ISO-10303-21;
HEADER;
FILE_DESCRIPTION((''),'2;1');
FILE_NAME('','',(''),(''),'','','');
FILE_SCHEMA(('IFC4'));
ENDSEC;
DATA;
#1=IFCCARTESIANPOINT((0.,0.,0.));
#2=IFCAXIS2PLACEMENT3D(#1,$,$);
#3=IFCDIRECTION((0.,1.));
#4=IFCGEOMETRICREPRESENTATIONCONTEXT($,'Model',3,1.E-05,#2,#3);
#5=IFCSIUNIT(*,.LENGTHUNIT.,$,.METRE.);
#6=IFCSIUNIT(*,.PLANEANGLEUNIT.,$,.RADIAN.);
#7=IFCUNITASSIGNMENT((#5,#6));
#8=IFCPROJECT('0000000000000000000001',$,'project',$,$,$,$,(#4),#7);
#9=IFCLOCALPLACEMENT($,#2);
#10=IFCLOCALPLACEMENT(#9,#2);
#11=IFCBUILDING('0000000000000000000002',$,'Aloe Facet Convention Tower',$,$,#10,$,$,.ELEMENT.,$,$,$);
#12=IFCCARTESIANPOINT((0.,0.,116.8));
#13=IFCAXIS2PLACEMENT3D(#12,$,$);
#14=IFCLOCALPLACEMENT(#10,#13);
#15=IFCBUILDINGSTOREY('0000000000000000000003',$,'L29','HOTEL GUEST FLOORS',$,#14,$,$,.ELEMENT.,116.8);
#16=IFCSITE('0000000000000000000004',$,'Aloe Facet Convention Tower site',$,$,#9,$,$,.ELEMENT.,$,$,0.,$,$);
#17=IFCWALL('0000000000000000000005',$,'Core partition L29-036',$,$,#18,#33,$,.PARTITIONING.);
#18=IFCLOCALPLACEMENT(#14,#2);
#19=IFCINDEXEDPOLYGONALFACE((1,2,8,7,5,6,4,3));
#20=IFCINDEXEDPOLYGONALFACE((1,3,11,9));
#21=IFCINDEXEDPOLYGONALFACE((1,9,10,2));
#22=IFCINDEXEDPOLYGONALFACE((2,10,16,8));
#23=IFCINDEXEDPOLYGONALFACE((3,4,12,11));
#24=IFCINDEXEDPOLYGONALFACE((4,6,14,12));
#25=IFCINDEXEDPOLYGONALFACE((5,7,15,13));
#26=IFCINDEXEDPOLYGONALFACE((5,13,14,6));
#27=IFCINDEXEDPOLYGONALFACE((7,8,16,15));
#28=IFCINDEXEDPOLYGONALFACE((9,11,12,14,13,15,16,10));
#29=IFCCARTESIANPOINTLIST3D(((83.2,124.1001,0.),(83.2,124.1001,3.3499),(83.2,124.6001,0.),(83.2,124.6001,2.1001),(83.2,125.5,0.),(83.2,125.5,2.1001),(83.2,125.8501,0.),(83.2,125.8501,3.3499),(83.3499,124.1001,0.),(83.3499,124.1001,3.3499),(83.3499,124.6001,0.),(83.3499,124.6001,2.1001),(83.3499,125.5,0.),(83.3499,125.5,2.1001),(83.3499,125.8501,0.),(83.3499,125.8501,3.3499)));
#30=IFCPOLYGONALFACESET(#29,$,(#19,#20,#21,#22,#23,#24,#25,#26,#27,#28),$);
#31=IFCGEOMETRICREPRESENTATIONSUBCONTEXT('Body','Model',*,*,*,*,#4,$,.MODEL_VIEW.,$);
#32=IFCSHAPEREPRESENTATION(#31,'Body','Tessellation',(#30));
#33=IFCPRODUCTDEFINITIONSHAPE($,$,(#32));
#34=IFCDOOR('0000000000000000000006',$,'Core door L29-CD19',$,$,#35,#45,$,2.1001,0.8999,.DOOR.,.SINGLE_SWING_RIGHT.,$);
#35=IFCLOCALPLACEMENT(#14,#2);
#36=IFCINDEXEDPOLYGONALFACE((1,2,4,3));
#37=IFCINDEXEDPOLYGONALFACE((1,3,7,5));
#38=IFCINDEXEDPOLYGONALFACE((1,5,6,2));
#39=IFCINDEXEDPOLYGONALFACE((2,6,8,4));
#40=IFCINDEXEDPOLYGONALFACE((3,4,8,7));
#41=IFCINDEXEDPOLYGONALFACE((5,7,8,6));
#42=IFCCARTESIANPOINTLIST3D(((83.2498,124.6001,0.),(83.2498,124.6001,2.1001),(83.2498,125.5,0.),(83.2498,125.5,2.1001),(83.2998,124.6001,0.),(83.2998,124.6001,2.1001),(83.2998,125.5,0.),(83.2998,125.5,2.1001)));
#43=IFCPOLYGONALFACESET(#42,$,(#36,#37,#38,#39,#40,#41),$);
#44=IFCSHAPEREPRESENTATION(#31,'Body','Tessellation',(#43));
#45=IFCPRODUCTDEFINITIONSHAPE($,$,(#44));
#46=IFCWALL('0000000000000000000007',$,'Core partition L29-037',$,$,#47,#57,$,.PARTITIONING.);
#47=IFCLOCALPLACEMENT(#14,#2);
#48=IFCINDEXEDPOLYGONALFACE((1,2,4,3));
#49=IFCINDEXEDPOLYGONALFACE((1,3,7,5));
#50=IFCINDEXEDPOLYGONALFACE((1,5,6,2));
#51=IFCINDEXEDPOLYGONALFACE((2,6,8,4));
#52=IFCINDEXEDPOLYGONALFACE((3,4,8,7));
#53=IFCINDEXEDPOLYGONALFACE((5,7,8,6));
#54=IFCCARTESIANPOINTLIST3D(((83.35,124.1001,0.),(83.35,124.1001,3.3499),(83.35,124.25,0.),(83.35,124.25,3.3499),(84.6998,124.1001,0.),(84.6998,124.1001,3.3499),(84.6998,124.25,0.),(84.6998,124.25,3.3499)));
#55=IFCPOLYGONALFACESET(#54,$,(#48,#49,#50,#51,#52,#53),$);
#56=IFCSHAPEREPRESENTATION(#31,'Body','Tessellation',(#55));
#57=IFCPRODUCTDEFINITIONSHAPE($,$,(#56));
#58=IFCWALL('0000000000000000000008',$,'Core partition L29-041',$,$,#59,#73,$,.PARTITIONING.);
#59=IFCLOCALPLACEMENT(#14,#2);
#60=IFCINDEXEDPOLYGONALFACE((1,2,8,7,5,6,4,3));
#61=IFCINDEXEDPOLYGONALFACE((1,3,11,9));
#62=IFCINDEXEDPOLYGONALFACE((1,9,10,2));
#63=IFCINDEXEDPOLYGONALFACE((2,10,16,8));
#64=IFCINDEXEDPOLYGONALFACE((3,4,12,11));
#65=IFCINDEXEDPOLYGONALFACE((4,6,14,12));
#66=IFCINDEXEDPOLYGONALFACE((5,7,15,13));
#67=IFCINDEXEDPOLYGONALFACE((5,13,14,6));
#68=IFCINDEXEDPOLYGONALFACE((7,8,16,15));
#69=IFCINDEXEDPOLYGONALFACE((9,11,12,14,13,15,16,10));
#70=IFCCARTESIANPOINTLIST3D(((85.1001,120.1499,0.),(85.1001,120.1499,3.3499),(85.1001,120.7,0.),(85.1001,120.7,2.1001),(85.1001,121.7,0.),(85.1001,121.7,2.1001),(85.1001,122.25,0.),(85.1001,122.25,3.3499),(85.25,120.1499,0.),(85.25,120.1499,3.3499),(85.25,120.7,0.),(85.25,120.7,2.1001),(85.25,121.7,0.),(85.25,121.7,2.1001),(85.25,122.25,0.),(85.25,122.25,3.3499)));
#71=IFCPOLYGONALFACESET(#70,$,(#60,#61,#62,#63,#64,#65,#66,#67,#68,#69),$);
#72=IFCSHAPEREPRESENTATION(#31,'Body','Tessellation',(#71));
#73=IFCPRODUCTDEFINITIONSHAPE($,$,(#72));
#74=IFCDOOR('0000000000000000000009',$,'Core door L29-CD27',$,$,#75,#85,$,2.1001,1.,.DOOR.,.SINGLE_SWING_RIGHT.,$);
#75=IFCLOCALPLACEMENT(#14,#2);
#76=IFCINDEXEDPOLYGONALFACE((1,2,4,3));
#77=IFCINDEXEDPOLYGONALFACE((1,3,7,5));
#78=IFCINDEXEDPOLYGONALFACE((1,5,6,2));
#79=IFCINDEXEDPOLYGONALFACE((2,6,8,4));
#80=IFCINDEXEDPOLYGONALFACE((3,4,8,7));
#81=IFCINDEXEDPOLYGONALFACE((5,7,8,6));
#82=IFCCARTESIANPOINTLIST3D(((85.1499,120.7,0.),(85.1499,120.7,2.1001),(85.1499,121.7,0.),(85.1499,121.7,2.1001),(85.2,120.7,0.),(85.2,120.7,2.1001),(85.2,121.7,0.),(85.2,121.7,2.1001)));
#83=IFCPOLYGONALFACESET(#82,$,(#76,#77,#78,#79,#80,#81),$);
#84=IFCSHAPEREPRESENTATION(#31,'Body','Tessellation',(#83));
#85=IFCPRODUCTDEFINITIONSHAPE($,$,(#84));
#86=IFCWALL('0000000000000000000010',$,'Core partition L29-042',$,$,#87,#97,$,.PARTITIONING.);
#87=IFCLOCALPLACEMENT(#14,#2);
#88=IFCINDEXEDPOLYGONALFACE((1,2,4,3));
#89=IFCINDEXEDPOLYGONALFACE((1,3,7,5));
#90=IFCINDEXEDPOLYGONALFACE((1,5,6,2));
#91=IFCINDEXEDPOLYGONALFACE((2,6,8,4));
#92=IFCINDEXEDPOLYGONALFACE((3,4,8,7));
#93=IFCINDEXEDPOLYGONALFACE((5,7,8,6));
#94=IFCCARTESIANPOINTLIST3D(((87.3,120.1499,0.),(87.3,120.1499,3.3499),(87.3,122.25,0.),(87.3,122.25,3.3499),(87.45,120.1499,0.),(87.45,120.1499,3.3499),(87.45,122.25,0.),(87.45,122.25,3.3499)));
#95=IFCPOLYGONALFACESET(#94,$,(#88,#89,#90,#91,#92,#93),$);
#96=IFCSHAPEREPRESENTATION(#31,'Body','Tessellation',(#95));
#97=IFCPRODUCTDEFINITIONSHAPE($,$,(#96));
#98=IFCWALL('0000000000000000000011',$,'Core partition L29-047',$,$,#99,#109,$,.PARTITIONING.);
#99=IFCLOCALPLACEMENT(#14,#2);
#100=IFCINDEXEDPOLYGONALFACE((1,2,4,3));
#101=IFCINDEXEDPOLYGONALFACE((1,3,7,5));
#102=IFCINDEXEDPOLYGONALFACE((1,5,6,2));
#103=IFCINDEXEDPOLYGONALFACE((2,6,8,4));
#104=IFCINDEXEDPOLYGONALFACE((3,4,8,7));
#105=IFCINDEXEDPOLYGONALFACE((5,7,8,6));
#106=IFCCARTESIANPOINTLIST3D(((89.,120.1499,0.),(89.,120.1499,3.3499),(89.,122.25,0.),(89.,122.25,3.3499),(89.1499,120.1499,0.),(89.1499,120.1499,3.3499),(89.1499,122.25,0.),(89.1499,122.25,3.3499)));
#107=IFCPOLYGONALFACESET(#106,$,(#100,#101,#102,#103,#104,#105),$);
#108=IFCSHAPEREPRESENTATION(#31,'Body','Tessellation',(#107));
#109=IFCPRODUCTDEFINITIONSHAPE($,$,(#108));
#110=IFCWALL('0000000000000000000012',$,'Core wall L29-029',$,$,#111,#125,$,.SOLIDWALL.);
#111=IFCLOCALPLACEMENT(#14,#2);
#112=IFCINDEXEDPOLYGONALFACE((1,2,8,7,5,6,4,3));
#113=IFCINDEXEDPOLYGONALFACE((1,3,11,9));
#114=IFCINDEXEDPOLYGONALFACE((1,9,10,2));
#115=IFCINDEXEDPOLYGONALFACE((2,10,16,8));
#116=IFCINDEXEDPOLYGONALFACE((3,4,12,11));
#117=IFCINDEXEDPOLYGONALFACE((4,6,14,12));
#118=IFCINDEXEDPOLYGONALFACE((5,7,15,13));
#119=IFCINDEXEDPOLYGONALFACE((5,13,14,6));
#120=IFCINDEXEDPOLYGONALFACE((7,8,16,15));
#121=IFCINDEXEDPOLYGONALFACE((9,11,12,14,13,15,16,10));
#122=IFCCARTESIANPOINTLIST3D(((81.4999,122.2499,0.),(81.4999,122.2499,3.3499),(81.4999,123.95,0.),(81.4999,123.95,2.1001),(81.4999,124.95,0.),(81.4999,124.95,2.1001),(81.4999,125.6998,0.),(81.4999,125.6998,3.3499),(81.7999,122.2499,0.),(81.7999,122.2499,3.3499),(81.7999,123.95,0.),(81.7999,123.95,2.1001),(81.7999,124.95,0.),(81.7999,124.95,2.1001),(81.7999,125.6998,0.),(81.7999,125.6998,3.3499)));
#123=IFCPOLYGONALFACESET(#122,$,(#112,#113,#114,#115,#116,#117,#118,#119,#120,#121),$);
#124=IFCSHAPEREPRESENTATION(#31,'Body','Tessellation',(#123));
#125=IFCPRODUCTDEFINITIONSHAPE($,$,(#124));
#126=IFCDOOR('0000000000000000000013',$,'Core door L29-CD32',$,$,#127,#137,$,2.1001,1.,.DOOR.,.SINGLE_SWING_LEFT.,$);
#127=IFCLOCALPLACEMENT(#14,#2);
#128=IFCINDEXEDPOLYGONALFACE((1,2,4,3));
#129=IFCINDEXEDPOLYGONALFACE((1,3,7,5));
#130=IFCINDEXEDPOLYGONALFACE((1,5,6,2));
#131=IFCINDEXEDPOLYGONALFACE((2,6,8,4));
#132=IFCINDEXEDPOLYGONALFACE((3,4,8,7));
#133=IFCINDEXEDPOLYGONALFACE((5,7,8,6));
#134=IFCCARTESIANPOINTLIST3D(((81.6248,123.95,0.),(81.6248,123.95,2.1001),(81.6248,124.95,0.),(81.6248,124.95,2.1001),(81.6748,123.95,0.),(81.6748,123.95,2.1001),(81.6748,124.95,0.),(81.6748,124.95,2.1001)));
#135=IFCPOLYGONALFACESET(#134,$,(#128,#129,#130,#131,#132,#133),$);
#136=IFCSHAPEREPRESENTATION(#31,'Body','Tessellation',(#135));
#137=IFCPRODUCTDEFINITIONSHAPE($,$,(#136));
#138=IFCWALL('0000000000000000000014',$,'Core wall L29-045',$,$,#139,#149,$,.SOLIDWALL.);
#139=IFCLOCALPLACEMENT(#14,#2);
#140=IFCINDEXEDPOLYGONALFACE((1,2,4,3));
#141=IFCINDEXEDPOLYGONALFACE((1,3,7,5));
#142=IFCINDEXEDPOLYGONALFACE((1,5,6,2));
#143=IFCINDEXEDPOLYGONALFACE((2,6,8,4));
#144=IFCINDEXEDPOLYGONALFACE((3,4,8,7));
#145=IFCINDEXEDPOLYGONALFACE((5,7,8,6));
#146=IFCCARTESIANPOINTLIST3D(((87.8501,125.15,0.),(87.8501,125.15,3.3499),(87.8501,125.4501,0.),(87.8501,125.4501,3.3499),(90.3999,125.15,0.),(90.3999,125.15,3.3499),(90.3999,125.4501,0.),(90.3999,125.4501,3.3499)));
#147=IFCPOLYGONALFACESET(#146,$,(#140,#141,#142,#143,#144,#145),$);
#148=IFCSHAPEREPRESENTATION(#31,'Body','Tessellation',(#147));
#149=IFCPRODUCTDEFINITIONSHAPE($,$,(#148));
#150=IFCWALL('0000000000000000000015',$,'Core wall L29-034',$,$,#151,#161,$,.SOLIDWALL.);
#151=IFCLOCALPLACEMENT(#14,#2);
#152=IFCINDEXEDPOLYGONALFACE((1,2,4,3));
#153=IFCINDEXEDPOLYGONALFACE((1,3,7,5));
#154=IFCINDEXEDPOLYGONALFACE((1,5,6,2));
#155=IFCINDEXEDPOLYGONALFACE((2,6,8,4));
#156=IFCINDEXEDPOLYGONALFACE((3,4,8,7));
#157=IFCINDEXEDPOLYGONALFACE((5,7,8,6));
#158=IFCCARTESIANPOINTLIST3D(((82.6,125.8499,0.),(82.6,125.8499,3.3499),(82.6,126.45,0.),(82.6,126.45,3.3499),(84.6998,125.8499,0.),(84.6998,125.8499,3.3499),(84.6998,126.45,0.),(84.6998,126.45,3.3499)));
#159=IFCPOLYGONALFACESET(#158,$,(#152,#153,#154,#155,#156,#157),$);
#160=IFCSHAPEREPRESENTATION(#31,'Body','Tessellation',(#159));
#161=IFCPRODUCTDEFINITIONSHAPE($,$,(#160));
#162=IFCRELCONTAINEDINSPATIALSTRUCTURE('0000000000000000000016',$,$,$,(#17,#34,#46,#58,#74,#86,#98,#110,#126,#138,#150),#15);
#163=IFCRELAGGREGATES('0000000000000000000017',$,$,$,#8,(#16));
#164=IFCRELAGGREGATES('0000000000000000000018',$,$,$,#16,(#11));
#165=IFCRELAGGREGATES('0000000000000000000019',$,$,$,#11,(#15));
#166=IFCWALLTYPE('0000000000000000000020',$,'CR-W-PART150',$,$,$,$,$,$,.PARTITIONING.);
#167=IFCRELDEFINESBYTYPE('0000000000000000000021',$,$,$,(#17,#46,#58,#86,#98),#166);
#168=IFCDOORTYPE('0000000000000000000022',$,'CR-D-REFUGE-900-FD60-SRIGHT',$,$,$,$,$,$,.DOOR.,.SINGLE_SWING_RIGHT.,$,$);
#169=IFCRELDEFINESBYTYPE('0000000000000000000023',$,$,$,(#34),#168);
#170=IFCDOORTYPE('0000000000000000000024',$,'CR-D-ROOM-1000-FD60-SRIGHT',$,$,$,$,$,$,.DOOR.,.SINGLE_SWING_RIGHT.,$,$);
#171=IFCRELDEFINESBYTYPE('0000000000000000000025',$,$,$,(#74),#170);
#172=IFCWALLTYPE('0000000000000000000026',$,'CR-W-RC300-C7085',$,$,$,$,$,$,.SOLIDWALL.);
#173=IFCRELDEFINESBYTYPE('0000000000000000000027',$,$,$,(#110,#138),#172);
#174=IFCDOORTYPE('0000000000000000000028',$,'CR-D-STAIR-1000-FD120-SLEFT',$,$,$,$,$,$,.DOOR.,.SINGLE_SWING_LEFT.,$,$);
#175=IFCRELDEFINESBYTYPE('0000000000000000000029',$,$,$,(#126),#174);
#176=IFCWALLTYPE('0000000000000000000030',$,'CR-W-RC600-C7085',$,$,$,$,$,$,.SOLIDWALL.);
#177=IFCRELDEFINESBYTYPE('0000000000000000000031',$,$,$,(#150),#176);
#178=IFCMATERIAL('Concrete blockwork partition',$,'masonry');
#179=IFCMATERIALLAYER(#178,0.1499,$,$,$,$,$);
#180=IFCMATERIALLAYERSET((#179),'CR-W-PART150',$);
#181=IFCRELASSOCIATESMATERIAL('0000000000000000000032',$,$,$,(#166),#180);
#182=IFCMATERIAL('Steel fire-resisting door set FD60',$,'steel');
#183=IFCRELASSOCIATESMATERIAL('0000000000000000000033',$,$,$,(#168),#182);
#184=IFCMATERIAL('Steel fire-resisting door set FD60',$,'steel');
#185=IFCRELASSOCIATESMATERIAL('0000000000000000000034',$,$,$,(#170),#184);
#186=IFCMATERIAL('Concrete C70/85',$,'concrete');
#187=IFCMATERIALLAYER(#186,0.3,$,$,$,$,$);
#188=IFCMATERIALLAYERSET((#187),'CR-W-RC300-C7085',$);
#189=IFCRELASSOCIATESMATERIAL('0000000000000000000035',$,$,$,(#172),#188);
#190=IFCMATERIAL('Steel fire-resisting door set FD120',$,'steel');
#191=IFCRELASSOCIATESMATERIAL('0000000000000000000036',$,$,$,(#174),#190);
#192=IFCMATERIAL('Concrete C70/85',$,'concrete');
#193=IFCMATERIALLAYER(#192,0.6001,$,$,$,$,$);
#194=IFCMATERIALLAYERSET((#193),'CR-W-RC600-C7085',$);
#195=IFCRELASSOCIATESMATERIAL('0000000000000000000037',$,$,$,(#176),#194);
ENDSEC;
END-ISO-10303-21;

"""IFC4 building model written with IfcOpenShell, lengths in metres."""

from ifc_helpers import new_model, si_unit, direction, frame, frame_2d, origin, place, context, subcontext, project, spatial, rectangle, extrude, material, layer, layer_set, type_object, element, fill, save


model = new_model("IFC4")

# Units and contexts
model_context = context("Model", 3, precision=1e-05, world=origin(), true_north=direction((0.0, 1.0)))
body_context = subcontext(model_context, "Body", "Model", "MODEL_VIEW")
ifc_project = project(units=[si_unit("LENGTHUNIT", "METRE"), si_unit("PLANEANGLEUNIT", "RADIAN")], contexts=[model_context])

# Site, building, storey
site_placement = place(None, origin())
site = spatial("IfcSite", under=ifc_project, at=site_placement, Name="Aloe Facet Convention Tower site", CompositionType="ELEMENT", RefElevation=0.0)
building_placement = place(site_placement, origin())
building = spatial("IfcBuilding", under=site, at=building_placement, Name="Aloe Facet Convention Tower", CompositionType="ELEMENT")
storey_placement = place(building_placement, frame((0.0, 0.0, 116.8)))
storey = spatial("IfcBuildingStorey", under=building, at=storey_placement, Name="L29", Description="HOTEL GUEST FLOORS", CompositionType="ELEMENT", Elevation=116.8)

# Wall, opening, door
ifc_material_1 = material(Name="Concrete blockwork partition", Category="masonry")
ifc_layer_1 = layer(ifc_material_1, 0.1499)
ifc_layer_set_1 = layer_set([ifc_layer_1], Name="CR-W-PART150")
wall_type_1 = type_object("IfcWallType", Name="CR-W-PART150", PredefinedType="PARTITIONING", material=ifc_layer_set_1)
wall_1_placement = place(storey_placement, frame((83.2749, 125.8501, 0.0), z_axis=(0.0, 0.0, 1.0), x_axis=(0.0, -1.0, 0.0)))
wall_1 = element("IfcWall", 1, at=wall_1_placement, inside=storey, type_object=wall_type_1, Name="Core partition L29-036", PredefinedType="PARTITIONING", context=body_context, shape_type="SweptSolid", body=[
    extrude(rectangle(XDim=1.75, YDim=0.1499, at=frame_2d((0.875, 0.0))), origin(), (0.0, 0.0, 1.0), 3.3499),
])
opening_1_placement = place(wall_1_placement, frame((0.3501, 0.0, 0.0)))
opening_1 = element("IfcOpeningElement", 2, at=opening_1_placement, cuts=wall_1, PredefinedType="OPENING", context=body_context, shape_type="SweptSolid", body=[
    extrude(rectangle(XDim=0.8999, YDim=2.1001, at=frame_2d((0.45, 1.05))), frame((0.0, 0.085, 0.0), z_axis=(0.0, -1.0, 0.0), x_axis=(1.0, 0.0, 0.0)), (0.0, 0.0, 1.0), 0.1699),
])
ifc_material_2 = material(Name="Steel fire-resisting door set FD60", Category="steel")
door_type_1 = type_object("IfcDoorType", Name="CR-D-REFUGE-900-FD60-SRIGHT", OperationType="SINGLE_SWING_RIGHT", PredefinedType="DOOR", material=ifc_material_2)
door_1_placement = place(opening_1_placement, origin())
door_1 = element("IfcDoor", 3, at=door_1_placement, inside=storey, type_object=door_type_1, Name="Core door L29-CD19", OperationType="SINGLE_SWING_RIGHT", OverallHeight=2.1001, OverallWidth=0.8999, PredefinedType="DOOR", context=body_context, shape_type="SweptSolid", body=[
    extrude(rectangle(XDim=0.8999, YDim=2.1001, at=frame_2d((0.45, 1.05))), frame((0.0, 0.0249, 0.0), z_axis=(0.0, -1.0, 0.0), x_axis=(1.0, 0.0, 0.0)), (0.0, 0.0, 1.0), 0.05),
])
fill(opening_1, door_1)

# Wall
wall_2_placement = place(storey_placement, frame((83.3501, 124.175, 0.0), z_axis=(0.0, 0.0, 1.0), x_axis=(1.0, 0.0, 0.0)))
element("IfcWall", 4, at=wall_2_placement, inside=storey, type_object=wall_type_1, Name="Core partition L29-037", PredefinedType="PARTITIONING", context=body_context, shape_type="SweptSolid", body=[
    extrude(rectangle(XDim=1.3499, YDim=0.1499, at=frame_2d((0.6748, 0.0))), origin(), (0.0, 0.0, 1.0), 3.3499),
])

# Wall, opening, door
wall_3_placement = place(storey_placement, frame((85.175, 122.25, 0.0), z_axis=(0.0, 0.0, 1.0), x_axis=(0.0, -1.0, 0.0)))
wall_3 = element("IfcWall", 5, at=wall_3_placement, inside=storey, type_object=wall_type_1, Name="Core partition L29-041", PredefinedType="PARTITIONING", context=body_context, shape_type="SweptSolid", body=[
    extrude(rectangle(XDim=2.1001, YDim=0.1499, at=frame_2d((1.05, 0.0))), origin(), (0.0, 0.0, 1.0), 3.3499),
])
opening_2_placement = place(wall_3_placement, frame((0.55, 0.0, 0.0)))
opening_2 = element("IfcOpeningElement", 6, at=opening_2_placement, cuts=wall_3, PredefinedType="OPENING", context=body_context, shape_type="SweptSolid", body=[
    extrude(rectangle(XDim=1.0, YDim=2.1001, at=frame_2d((0.5, 1.05))), frame((0.0, 0.085, 0.0), z_axis=(0.0, -1.0, 0.0), x_axis=(1.0, 0.0, 0.0)), (0.0, 0.0, 1.0), 0.1699),
])
ifc_material_3 = material(Name="Steel fire-resisting door set FD60", Category="steel")
door_type_2 = type_object("IfcDoorType", Name="CR-D-ROOM-1000-FD60-SRIGHT", OperationType="SINGLE_SWING_RIGHT", PredefinedType="DOOR", material=ifc_material_3)
door_2_placement = place(opening_2_placement, origin())
door_2 = element("IfcDoor", 7, at=door_2_placement, inside=storey, type_object=door_type_2, Name="Core door L29-CD27", OperationType="SINGLE_SWING_RIGHT", OverallHeight=2.1001, OverallWidth=1.0, PredefinedType="DOOR", context=body_context, shape_type="SweptSolid", body=[
    extrude(rectangle(XDim=1.0, YDim=2.1001, at=frame_2d((0.5, 1.05))), frame((0.0, 0.0249, 0.0), z_axis=(0.0, -1.0, 0.0), x_axis=(1.0, 0.0, 0.0)), (0.0, 0.0, 1.0), 0.05),
])
fill(opening_2, door_2)

# Walls
for number, where, z_axis, x_axis, name in (
    (8, (87.375, 122.25, 0.0), (0.0, 0.0, 1.0), (0.0, -1.0, 0.0), "Core partition L29-042"),
    (9, (89.075, 122.25, 0.0), (0.0, 0.0, 1.0), (0.0, -1.0, 0.0), "Core partition L29-047"),
):
    element("IfcWall", number, at=place(storey_placement, frame(where, z_axis=z_axis, x_axis=x_axis)), inside=storey, type_object=wall_type_1, Name=name, PredefinedType="PARTITIONING", context=body_context, shape_type="SweptSolid", body=[
        extrude(rectangle(XDim=2.1001, YDim=0.1499, at=frame_2d((1.05, 0.0))), origin(), (0.0, 0.0, 1.0), 3.3499),
    ])

# Wall, opening, door
ifc_material_4 = material(Name="Concrete C70/85", Category="concrete")
ifc_layer_2 = layer(ifc_material_4, 0.3)
ifc_layer_set_2 = layer_set([ifc_layer_2], Name="CR-W-RC300-C7085")
wall_type_2 = type_object("IfcWallType", Name="CR-W-RC300-C7085", PredefinedType="SOLIDWALL", material=ifc_layer_set_2)
wall_4_placement = place(storey_placement, frame((81.6499, 125.7, 0.0), z_axis=(0.0, 0.0, 1.0), x_axis=(0.0, -1.0, 0.0)))
wall_4 = element("IfcWall", 10, at=wall_4_placement, inside=storey, type_object=wall_type_2, Name="Core wall L29-029", PredefinedType="SOLIDWALL", context=body_context, shape_type="SweptSolid", body=[
    extrude(rectangle(XDim=3.45, YDim=0.3, at=frame_2d((1.7251, 0.0))), origin(), (0.0, 0.0, 1.0), 3.3499),
])
opening_3_placement = place(wall_4_placement, frame((0.75, 0.0, 0.0)))
opening_3 = element("IfcOpeningElement", 11, at=opening_3_placement, cuts=wall_4, PredefinedType="OPENING", context=body_context, shape_type="SweptSolid", body=[
    extrude(rectangle(XDim=1.0, YDim=2.1001, at=frame_2d((0.5, 1.05))), frame((0.0, 0.1602, 0.0), z_axis=(0.0, -1.0, 0.0), x_axis=(1.0, 0.0, 0.0)), (0.0, 0.0, 1.0), 0.3201),
])
ifc_material_5 = material(Name="Steel fire-resisting door set FD120", Category="steel")
door_type_3 = type_object("IfcDoorType", Name="CR-D-STAIR-1000-FD120-SLEFT", OperationType="SINGLE_SWING_LEFT", PredefinedType="DOOR", material=ifc_material_5)
door_3_placement = place(opening_3_placement, origin())
door_3 = element("IfcDoor", 12, at=door_3_placement, inside=storey, type_object=door_type_3, Name="Core door L29-CD32", OperationType="SINGLE_SWING_LEFT", OverallHeight=2.1001, OverallWidth=1.0, PredefinedType="DOOR", context=body_context, shape_type="SweptSolid", body=[
    extrude(rectangle(XDim=1.0, YDim=2.1001, at=frame_2d((0.5, 1.05))), frame((0.0, 0.0249, 0.0), z_axis=(0.0, -1.0, 0.0), x_axis=(1.0, 0.0, 0.0)), (0.0, 0.0, 1.0), 0.05),
])
fill(opening_3, door_3)

# Walls
wall_5_placement = place(storey_placement, frame((87.8501, 125.3, 0.0), z_axis=(0.0, 0.0, 1.0), x_axis=(1.0, 0.0, 0.0)))
element("IfcWall", 13, at=wall_5_placement, inside=storey, type_object=wall_type_2, Name="Core wall L29-045", PredefinedType="SOLIDWALL", context=body_context, shape_type="SweptSolid", body=[
    extrude(rectangle(XDim=2.5498, YDim=0.3, at=frame_2d((1.2749, 0.0))), origin(), (0.0, 0.0, 1.0), 3.3499),
])
ifc_material_6 = material(Name="Concrete C70/85", Category="concrete")
ifc_layer_3 = layer(ifc_material_6, 0.6001)
ifc_layer_set_3 = layer_set([ifc_layer_3], Name="CR-W-RC600-C7085")
wall_type_3 = type_object("IfcWallType", Name="CR-W-RC600-C7085", PredefinedType="SOLIDWALL", material=ifc_layer_set_3)
wall_6_placement = place(storey_placement, frame((82.6001, 126.1499, 0.0), z_axis=(0.0, 0.0, 1.0), x_axis=(1.0, 0.0, 0.0)))
element("IfcWall", 14, at=wall_6_placement, inside=storey, type_object=wall_type_3, Name="Core wall L29-034", PredefinedType="SOLIDWALL", context=body_context, shape_type="SweptSolid", body=[
    extrude(rectangle(XDim=2.0999, YDim=0.6001, at=frame_2d((1.0498, 0.0))), origin(), (0.0, 0.0, 1.0), 3.3499),
])

save(model, "model.ifc")
